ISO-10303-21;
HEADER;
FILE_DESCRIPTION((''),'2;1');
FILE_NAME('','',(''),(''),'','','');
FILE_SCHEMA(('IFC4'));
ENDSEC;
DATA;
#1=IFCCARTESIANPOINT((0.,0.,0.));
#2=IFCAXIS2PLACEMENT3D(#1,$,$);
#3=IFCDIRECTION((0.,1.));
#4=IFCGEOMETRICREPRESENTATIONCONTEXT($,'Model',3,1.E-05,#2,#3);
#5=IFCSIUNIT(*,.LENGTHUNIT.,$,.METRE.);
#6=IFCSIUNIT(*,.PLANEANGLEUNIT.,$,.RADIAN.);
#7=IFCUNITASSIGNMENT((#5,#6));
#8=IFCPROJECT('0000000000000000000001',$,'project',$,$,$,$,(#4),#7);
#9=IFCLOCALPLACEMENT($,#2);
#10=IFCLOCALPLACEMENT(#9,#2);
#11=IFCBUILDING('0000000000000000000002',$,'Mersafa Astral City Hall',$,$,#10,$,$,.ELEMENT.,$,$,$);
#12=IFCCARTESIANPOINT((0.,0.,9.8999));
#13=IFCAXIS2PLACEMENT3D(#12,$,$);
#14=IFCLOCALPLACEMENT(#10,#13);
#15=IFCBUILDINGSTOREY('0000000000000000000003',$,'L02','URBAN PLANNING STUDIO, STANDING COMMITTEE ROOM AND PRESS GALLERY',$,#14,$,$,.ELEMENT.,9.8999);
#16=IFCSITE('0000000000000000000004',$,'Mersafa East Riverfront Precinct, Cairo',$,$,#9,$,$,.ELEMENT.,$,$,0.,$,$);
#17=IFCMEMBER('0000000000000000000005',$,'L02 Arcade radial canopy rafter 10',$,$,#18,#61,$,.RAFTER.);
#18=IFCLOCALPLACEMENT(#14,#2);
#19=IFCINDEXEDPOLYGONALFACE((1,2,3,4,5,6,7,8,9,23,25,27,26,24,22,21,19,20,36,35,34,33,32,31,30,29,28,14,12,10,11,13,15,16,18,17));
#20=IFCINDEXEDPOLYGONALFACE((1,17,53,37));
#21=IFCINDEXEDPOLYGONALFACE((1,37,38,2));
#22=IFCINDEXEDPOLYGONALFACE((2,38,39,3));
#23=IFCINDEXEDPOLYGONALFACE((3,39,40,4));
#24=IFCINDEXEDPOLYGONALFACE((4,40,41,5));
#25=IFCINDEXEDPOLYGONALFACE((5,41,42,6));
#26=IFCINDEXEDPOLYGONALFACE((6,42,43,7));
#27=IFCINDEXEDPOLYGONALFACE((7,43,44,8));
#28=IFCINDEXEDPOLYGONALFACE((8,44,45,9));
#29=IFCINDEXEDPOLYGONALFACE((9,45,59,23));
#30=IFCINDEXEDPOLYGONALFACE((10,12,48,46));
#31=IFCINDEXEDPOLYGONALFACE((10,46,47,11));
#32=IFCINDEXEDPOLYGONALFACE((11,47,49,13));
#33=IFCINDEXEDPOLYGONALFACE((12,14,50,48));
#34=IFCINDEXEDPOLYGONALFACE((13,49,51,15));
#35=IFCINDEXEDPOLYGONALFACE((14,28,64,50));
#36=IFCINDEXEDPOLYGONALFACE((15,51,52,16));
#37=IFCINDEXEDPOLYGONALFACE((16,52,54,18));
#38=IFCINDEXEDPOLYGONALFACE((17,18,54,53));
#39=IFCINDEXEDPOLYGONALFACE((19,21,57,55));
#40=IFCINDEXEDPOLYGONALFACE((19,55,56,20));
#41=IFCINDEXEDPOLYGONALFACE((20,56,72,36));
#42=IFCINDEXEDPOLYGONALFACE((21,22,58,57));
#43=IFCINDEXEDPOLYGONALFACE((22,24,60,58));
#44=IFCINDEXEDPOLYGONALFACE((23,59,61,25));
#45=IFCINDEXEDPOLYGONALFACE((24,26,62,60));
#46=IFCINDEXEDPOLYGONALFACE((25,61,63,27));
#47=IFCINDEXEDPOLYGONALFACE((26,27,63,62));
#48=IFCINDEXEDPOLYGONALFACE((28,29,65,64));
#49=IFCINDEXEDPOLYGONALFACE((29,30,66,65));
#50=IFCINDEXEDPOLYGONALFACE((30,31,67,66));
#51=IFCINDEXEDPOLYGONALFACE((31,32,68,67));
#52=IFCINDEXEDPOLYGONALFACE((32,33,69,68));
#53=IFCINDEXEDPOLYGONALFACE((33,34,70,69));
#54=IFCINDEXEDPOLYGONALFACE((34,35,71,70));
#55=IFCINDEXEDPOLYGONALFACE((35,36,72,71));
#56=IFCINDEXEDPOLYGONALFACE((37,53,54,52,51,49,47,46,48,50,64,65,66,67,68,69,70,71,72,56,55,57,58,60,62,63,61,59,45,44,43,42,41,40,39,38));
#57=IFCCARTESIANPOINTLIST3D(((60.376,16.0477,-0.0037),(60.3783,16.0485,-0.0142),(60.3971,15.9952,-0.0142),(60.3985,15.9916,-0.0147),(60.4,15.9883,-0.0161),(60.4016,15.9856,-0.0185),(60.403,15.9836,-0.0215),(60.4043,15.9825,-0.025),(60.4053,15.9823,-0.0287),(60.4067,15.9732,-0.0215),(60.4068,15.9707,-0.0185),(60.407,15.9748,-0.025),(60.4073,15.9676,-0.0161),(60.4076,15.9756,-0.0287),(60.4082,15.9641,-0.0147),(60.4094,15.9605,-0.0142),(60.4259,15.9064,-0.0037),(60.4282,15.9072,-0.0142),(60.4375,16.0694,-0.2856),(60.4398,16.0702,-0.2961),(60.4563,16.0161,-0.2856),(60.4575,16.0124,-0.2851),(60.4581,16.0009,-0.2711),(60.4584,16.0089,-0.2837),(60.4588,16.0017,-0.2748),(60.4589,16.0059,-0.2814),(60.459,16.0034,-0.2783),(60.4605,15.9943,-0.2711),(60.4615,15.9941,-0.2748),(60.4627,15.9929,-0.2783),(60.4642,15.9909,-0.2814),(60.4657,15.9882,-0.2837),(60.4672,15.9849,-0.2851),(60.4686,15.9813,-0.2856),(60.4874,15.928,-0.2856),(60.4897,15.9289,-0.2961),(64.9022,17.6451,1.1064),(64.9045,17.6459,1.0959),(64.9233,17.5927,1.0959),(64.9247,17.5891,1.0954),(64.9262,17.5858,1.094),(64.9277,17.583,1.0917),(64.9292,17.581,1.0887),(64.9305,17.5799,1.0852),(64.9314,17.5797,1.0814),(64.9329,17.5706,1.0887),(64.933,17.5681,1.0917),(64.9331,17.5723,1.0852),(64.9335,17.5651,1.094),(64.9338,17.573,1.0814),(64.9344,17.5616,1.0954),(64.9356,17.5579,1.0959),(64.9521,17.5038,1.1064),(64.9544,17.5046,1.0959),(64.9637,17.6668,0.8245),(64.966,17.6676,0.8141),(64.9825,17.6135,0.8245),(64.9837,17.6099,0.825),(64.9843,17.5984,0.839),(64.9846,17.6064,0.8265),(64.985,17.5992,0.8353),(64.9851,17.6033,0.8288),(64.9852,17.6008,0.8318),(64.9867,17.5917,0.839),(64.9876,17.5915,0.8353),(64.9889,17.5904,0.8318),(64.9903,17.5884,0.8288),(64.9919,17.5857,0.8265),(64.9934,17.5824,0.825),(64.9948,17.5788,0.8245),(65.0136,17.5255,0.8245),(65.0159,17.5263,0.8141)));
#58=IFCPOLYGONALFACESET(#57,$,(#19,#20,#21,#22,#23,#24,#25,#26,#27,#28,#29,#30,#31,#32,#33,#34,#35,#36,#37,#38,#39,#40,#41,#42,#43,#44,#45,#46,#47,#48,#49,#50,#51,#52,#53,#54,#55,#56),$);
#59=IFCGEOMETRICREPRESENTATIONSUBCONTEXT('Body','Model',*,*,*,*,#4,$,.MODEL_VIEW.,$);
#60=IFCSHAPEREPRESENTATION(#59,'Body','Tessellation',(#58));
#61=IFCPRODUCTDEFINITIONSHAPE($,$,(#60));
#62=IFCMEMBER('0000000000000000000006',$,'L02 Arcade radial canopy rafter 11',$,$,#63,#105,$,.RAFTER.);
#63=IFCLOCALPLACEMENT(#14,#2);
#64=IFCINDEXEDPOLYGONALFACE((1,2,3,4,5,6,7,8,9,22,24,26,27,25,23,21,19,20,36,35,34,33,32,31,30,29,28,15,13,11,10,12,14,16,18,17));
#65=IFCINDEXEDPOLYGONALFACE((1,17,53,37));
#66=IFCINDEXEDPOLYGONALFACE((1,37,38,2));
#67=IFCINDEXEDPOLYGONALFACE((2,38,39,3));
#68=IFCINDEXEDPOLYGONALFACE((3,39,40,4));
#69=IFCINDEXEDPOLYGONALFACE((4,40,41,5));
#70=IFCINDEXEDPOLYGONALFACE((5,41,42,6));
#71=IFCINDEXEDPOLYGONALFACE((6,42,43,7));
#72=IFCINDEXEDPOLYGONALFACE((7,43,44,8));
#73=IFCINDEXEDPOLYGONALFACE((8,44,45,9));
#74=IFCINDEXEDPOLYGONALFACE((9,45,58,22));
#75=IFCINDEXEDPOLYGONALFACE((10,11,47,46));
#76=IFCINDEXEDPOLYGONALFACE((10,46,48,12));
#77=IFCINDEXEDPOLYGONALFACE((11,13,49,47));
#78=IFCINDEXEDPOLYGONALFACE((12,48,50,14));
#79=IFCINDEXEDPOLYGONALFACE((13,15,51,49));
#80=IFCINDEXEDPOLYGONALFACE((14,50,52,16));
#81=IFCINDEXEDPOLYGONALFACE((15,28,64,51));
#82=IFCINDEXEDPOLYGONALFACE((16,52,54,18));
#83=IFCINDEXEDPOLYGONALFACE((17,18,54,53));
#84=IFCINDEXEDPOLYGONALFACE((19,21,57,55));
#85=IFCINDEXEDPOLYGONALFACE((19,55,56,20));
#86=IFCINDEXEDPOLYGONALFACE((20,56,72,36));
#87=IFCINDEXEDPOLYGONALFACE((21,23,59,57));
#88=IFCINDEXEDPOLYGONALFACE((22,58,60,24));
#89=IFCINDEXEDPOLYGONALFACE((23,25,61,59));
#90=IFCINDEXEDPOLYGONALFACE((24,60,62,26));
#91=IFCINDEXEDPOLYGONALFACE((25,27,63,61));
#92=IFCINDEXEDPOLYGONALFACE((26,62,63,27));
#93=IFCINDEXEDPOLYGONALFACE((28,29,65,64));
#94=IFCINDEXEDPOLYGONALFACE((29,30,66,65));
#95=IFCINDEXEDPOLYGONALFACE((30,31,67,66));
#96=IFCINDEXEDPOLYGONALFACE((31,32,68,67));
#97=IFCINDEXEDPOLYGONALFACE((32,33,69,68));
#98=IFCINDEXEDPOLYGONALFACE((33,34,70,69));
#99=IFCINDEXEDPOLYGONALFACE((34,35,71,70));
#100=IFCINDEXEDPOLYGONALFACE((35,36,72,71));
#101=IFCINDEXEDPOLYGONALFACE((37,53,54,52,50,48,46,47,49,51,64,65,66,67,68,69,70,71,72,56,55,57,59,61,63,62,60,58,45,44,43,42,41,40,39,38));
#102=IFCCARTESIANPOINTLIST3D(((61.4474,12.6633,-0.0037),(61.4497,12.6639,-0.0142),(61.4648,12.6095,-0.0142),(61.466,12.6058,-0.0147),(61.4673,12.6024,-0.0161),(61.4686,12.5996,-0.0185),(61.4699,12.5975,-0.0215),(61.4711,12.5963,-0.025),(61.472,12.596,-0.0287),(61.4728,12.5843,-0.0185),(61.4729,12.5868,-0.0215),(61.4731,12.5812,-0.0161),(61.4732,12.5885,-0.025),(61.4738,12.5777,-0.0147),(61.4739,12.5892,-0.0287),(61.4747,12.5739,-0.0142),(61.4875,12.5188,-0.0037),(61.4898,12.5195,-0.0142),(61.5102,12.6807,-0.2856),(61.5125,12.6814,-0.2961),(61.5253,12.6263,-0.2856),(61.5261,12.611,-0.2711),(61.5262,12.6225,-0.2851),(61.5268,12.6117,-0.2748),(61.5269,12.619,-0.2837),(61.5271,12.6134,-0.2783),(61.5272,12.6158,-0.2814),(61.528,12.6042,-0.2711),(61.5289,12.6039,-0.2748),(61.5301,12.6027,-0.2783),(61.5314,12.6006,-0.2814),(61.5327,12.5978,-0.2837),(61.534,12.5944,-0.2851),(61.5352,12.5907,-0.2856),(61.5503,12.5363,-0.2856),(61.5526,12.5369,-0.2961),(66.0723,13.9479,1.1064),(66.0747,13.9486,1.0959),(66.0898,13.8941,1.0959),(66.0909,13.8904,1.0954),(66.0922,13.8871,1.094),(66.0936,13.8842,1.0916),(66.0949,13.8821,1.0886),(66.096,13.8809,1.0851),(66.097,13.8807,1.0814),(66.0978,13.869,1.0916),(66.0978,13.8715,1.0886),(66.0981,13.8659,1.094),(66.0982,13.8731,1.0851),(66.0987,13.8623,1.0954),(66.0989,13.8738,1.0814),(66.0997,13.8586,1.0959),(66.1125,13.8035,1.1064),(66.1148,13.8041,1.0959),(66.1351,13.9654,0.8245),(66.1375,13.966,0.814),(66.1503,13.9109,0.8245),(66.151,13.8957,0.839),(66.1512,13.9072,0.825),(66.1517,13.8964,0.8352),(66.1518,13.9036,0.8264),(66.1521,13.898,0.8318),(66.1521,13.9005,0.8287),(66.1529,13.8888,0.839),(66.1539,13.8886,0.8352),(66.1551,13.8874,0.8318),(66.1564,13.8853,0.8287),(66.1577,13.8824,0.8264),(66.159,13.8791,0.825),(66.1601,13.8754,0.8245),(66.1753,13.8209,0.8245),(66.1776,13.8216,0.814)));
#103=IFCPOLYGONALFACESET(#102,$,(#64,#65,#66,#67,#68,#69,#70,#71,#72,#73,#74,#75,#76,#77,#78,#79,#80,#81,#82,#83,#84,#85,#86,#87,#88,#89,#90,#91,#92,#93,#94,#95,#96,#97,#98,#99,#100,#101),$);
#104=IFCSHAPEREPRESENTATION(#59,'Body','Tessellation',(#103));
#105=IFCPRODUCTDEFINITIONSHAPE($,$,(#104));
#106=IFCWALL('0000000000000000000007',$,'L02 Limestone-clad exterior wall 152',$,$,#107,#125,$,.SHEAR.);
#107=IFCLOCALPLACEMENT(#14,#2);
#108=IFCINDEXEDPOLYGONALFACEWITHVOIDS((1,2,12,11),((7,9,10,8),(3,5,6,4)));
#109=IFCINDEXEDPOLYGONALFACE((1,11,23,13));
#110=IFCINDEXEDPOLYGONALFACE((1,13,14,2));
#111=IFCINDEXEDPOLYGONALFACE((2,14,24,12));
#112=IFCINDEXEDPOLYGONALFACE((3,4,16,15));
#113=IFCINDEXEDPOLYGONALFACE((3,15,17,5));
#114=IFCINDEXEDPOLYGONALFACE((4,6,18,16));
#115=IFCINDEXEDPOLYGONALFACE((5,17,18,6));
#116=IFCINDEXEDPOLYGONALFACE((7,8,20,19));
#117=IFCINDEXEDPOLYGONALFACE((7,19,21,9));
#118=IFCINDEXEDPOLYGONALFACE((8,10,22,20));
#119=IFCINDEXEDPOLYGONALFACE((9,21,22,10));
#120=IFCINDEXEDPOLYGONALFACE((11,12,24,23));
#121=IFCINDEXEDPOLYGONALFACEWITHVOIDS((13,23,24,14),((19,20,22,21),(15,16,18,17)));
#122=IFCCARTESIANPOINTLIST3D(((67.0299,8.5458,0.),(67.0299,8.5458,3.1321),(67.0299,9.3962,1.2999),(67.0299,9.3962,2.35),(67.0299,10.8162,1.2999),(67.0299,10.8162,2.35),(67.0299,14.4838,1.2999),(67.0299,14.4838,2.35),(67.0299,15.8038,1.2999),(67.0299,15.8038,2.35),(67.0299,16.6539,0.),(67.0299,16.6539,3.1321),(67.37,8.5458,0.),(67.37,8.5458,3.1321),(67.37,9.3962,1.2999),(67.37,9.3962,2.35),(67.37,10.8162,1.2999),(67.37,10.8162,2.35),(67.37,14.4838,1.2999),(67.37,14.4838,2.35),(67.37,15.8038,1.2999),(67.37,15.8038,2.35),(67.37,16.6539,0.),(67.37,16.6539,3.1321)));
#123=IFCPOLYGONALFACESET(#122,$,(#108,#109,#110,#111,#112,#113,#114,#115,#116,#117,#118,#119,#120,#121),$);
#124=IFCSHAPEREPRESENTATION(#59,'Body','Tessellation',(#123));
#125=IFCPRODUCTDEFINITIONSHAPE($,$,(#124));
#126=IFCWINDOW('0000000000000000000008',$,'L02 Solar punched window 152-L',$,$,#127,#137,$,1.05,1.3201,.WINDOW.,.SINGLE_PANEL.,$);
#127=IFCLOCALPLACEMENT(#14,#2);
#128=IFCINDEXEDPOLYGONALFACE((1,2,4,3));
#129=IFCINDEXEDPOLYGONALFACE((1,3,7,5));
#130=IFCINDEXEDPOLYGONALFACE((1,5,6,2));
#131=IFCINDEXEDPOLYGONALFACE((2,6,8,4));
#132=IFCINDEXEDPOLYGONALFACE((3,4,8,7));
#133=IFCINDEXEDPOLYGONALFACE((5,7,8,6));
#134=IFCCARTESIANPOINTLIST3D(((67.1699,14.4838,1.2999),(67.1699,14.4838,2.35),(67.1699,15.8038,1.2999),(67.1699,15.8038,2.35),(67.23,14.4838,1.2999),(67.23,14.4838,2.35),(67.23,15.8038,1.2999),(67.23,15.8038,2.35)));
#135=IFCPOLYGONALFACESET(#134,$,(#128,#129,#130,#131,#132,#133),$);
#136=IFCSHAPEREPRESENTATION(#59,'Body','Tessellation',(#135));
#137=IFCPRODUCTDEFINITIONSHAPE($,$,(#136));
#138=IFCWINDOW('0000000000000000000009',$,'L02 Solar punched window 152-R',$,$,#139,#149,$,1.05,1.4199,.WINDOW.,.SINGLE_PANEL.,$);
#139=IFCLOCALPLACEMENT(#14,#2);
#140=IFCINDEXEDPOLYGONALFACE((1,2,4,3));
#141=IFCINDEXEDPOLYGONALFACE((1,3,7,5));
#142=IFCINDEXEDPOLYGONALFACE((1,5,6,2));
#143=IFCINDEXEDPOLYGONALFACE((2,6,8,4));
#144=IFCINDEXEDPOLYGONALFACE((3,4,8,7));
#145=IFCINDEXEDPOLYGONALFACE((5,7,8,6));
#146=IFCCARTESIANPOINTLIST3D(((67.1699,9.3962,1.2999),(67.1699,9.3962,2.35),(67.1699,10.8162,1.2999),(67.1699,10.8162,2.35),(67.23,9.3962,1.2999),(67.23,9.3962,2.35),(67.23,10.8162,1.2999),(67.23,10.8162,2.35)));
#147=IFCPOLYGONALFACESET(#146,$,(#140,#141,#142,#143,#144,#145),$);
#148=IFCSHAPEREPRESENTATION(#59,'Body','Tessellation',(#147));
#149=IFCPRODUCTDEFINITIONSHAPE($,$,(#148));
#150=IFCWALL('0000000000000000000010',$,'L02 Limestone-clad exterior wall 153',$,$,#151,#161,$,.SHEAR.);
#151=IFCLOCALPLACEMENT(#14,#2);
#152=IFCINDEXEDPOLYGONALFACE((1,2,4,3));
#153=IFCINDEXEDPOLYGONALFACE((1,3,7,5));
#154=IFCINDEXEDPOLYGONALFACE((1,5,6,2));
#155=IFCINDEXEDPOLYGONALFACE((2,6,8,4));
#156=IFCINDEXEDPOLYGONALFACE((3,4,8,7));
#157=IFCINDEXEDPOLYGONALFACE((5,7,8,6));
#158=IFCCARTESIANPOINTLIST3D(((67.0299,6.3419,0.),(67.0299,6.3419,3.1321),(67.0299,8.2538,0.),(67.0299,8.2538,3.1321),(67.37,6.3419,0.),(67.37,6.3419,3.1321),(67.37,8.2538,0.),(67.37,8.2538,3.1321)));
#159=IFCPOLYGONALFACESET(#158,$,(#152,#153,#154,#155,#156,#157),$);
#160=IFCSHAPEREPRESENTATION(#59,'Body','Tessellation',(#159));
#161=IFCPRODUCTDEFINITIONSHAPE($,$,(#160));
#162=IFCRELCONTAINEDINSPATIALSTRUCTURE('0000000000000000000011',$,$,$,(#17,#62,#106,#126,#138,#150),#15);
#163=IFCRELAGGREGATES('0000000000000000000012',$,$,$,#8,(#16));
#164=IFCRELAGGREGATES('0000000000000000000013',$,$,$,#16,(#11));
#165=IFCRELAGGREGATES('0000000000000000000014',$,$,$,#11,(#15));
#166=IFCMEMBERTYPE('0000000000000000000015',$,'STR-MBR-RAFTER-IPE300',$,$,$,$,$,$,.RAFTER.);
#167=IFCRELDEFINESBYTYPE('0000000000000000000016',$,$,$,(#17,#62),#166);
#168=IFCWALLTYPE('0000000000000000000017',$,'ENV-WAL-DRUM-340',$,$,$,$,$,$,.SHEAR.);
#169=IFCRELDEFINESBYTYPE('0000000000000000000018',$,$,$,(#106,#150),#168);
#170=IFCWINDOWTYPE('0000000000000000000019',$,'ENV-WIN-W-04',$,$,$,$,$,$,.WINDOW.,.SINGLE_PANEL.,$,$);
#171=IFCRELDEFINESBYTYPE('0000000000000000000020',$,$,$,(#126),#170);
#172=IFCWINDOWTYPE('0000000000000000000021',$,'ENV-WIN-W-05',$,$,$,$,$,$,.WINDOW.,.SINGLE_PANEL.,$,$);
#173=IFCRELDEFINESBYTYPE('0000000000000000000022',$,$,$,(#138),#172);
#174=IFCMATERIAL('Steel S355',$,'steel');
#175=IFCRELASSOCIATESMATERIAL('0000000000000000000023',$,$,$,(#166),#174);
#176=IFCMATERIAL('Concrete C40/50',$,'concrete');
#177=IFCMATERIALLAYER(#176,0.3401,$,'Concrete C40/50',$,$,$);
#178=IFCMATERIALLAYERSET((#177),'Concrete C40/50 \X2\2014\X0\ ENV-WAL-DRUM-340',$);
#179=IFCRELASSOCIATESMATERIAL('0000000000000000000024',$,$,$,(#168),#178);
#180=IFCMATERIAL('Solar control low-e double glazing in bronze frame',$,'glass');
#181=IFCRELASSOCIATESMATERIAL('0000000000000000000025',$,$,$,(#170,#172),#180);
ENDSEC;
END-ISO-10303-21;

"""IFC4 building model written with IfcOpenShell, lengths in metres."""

from ifc_helpers import new_model, si_unit, direction, frame, frame_2d, origin, origin_2d, place, context, subcontext, project, spatial, rectangle, i_section, extrude, material, layer, layer_set, material_profile, profile_set, type_object, element, fill, save


model = new_model("IFC4")

# Units and contexts
model_context = context("Model", 3, precision=1e-05, world=origin(), true_north=direction((0.0, 1.0)))
body_context = subcontext(model_context, "Body", "Model", "MODEL_VIEW")
ifc_project = project(units=[si_unit("LENGTHUNIT", "METRE"), si_unit("PLANEANGLEUNIT", "RADIAN")], contexts=[model_context])

# Site, building, storey
site_placement = place(None, origin())
site = spatial("IfcSite", under=ifc_project, at=site_placement, Name="Mersafa East Riverfront Precinct, Cairo", CompositionType="ELEMENT", RefElevation=0.0)
building_placement = place(site_placement, origin())
building = spatial("IfcBuilding", under=site, at=building_placement, Name="Mersafa Astral City Hall", CompositionType="ELEMENT")
storey_placement = place(building_placement, frame((0.0, 0.0, 9.8999)))
storey = spatial("IfcBuildingStorey", under=building, at=storey_placement, Name="L02", Description="URBAN PLANNING STUDIO, STANDING COMMITTEE ROOM AND PRESS GALLERY", CompositionType="ELEMENT", Elevation=9.8999)

# Shared definitions
ifc_material_1 = material(Name="Steel S355", Category="steel")
ifc_material_2 = material(Name="Concrete C40/50", Category="concrete")

# Members
ifc_material_profile_1 = material_profile(ifc_material_1, i_section(OverallWidth=0.1499, OverallDepth=0.3, WebThickness=0.0071, FlangeThickness=0.0107, FilletRadius=0.0149, at=origin_2d()), Name="IPE 300")
ifc_profile_set_1 = profile_set([ifc_material_profile_1], Name="Steel S355")
member_type = type_object("IfcMemberType", Name="STR-MBR-RAFTER-IPE300", PredefinedType="RAFTER", material=ifc_profile_set_1)
member_1_placement = place(storey_placement, frame((60.4329, 15.9883, -0.1499), z_axis=(0.91874, 0.324253, 0.225336), x_axis=(-0.332812, 0.942993, 0.0)))
element("IfcMember", 1, at=member_1_placement, inside=storey, type_object=member_type, Name="L02 Arcade radial canopy rafter 10", PredefinedType="RAFTER", context=body_context, shape_type="SweptSolid", body=[
    extrude(i_section(OverallWidth=0.1499, OverallDepth=0.3, WebThickness=0.0071, FlangeThickness=0.0107, FilletRadius=0.0149, at=origin_2d()), origin(), (0.0, 0.0, 1.0), 4.9265),
])
member_2_placement = place(storey_placement, frame((61.5, 12.6001, -0.1499), z_axis=(0.938744, 0.260751, 0.22532), x_axis=(-0.267633, 0.963521, 0.0)))
element("IfcMember", 2, at=member_2_placement, inside=storey, type_object=member_type, Name="L02 Arcade radial canopy rafter 11", PredefinedType="RAFTER", context=body_context, shape_type="SweptSolid", body=[
    extrude(i_section(OverallWidth=0.1499, OverallDepth=0.3, WebThickness=0.0071, FlangeThickness=0.0107, FilletRadius=0.0149, at=origin_2d()), origin(), (0.0, 0.0, 1.0), 4.9268),
])

# Wall, openings, windows
ifc_layer_1 = layer(ifc_material_2, 0.3401, Name="Concrete C40/50")
ifc_layer_set_1 = layer_set([ifc_layer_1], Name="Concrete C40/50 — ENV-WAL-DRUM-340")
wall_type_1 = type_object("IfcWallType", Name="ENV-WAL-DRUM-340", PredefinedType="SHEAR", material=ifc_layer_set_1)
wall_1_placement = place(storey_placement, frame((67.2, 16.6541, 0.0), z_axis=(0.0, 0.0, 1.0), x_axis=(0.0, -1.0, 0.0)))
wall_1 = element("IfcWall", 3, at=wall_1_placement, inside=storey, type_object=wall_type_1, Name="L02 Limestone-clad exterior wall 152", PredefinedType="SHEAR", context=body_context, shape_type="SweptSolid", body=[
    extrude(rectangle(XDim=8.1082, YDim=0.3401, at=frame_2d((4.0542, 0.0))), origin(), (0.0, 0.0, 1.0), 3.1321),
])
opening_1_placement = place(wall_1_placement, frame((0.8501, 0.0, 1.3)))
opening_1 = element("IfcOpeningElement", 4, at=opening_1_placement, cuts=wall_1, PredefinedType="OPENING", context=body_context, shape_type="SweptSolid", body=[
    extrude(rectangle(XDim=1.3201, YDim=1.05, at=frame_2d((0.6602, 0.5249))), frame((0.0, 0.1799, 0.0), z_axis=(0.0, -1.0, 0.0), x_axis=(1.0, 0.0, 0.0)), (0.0, 0.0, 1.0), 0.3601),
])
opening_2_placement = place(wall_1_placement, frame((5.8379, 0.0, 1.3)))
opening_2 = element("IfcOpeningElement", 5, at=opening_2_placement, cuts=wall_1, PredefinedType="OPENING", context=body_context, shape_type="SweptSolid", body=[
    extrude(rectangle(XDim=1.4199, YDim=1.05, at=frame_2d((0.71, 0.5249))), frame((0.0, 0.1799, 0.0), z_axis=(0.0, -1.0, 0.0), x_axis=(1.0, 0.0, 0.0)), (0.0, 0.0, 1.0), 0.3601),
])
ifc_material_3 = material(Name="Solar control low-e double glazing in bronze frame", Category="glass")
window_type_1 = type_object("IfcWindowType", Name="ENV-WIN-W-04", PartitioningType="SINGLE_PANEL", PredefinedType="WINDOW", material=ifc_material_3)
window_1_placement = place(opening_1_placement, origin())
window_1 = element("IfcWindow", 6, at=window_1_placement, inside=storey, type_object=window_type_1, Name="L02 Solar punched window 152-L", OverallHeight=1.05, OverallWidth=1.3201, PartitioningType="SINGLE_PANEL", PredefinedType="WINDOW", context=body_context, shape_type="SweptSolid", body=[
    extrude(rectangle(XDim=1.3201, YDim=1.05, at=frame_2d((0.6602, 0.5249))), frame((0.0, 0.03, 0.0), z_axis=(0.0, -1.0, 0.0), x_axis=(1.0, 0.0, 0.0)), (0.0, 0.0, 1.0), 0.0601),
])
fill(opening_1, window_1)
window_type_2 = type_object("IfcWindowType", Name="ENV-WIN-W-05", PartitioningType="SINGLE_PANEL", PredefinedType="WINDOW", material=ifc_material_3)
window_2_placement = place(opening_2_placement, origin())
window_2 = element("IfcWindow", 7, at=window_2_placement, inside=storey, type_object=window_type_2, Name="L02 Solar punched window 152-R", OverallHeight=1.05, OverallWidth=1.4199, PartitioningType="SINGLE_PANEL", PredefinedType="WINDOW", context=body_context, shape_type="SweptSolid", body=[
    extrude(rectangle(XDim=1.4199, YDim=1.05, at=frame_2d((0.71, 0.5249))), frame((0.0, 0.03, 0.0), z_axis=(0.0, -1.0, 0.0), x_axis=(1.0, 0.0, 0.0)), (0.0, 0.0, 1.0), 0.0601),
])
fill(opening_2, window_2)

# Wall
wall_2_placement = place(storey_placement, frame((67.2, 8.2539, 0.0), z_axis=(0.0, 0.0, 1.0), x_axis=(0.0, -1.0, 0.0)))
element("IfcWall", 8, at=wall_2_placement, inside=storey, type_object=wall_type_1, Name="L02 Limestone-clad exterior wall 153", PredefinedType="SHEAR", context=body_context, shape_type="SweptSolid", body=[
    extrude(rectangle(XDim=1.9119, YDim=0.3401, at=frame_2d((0.9561, 0.0))), origin(), (0.0, 0.0, 1.0), 3.1321),
])

save(model, "model.ifc")
